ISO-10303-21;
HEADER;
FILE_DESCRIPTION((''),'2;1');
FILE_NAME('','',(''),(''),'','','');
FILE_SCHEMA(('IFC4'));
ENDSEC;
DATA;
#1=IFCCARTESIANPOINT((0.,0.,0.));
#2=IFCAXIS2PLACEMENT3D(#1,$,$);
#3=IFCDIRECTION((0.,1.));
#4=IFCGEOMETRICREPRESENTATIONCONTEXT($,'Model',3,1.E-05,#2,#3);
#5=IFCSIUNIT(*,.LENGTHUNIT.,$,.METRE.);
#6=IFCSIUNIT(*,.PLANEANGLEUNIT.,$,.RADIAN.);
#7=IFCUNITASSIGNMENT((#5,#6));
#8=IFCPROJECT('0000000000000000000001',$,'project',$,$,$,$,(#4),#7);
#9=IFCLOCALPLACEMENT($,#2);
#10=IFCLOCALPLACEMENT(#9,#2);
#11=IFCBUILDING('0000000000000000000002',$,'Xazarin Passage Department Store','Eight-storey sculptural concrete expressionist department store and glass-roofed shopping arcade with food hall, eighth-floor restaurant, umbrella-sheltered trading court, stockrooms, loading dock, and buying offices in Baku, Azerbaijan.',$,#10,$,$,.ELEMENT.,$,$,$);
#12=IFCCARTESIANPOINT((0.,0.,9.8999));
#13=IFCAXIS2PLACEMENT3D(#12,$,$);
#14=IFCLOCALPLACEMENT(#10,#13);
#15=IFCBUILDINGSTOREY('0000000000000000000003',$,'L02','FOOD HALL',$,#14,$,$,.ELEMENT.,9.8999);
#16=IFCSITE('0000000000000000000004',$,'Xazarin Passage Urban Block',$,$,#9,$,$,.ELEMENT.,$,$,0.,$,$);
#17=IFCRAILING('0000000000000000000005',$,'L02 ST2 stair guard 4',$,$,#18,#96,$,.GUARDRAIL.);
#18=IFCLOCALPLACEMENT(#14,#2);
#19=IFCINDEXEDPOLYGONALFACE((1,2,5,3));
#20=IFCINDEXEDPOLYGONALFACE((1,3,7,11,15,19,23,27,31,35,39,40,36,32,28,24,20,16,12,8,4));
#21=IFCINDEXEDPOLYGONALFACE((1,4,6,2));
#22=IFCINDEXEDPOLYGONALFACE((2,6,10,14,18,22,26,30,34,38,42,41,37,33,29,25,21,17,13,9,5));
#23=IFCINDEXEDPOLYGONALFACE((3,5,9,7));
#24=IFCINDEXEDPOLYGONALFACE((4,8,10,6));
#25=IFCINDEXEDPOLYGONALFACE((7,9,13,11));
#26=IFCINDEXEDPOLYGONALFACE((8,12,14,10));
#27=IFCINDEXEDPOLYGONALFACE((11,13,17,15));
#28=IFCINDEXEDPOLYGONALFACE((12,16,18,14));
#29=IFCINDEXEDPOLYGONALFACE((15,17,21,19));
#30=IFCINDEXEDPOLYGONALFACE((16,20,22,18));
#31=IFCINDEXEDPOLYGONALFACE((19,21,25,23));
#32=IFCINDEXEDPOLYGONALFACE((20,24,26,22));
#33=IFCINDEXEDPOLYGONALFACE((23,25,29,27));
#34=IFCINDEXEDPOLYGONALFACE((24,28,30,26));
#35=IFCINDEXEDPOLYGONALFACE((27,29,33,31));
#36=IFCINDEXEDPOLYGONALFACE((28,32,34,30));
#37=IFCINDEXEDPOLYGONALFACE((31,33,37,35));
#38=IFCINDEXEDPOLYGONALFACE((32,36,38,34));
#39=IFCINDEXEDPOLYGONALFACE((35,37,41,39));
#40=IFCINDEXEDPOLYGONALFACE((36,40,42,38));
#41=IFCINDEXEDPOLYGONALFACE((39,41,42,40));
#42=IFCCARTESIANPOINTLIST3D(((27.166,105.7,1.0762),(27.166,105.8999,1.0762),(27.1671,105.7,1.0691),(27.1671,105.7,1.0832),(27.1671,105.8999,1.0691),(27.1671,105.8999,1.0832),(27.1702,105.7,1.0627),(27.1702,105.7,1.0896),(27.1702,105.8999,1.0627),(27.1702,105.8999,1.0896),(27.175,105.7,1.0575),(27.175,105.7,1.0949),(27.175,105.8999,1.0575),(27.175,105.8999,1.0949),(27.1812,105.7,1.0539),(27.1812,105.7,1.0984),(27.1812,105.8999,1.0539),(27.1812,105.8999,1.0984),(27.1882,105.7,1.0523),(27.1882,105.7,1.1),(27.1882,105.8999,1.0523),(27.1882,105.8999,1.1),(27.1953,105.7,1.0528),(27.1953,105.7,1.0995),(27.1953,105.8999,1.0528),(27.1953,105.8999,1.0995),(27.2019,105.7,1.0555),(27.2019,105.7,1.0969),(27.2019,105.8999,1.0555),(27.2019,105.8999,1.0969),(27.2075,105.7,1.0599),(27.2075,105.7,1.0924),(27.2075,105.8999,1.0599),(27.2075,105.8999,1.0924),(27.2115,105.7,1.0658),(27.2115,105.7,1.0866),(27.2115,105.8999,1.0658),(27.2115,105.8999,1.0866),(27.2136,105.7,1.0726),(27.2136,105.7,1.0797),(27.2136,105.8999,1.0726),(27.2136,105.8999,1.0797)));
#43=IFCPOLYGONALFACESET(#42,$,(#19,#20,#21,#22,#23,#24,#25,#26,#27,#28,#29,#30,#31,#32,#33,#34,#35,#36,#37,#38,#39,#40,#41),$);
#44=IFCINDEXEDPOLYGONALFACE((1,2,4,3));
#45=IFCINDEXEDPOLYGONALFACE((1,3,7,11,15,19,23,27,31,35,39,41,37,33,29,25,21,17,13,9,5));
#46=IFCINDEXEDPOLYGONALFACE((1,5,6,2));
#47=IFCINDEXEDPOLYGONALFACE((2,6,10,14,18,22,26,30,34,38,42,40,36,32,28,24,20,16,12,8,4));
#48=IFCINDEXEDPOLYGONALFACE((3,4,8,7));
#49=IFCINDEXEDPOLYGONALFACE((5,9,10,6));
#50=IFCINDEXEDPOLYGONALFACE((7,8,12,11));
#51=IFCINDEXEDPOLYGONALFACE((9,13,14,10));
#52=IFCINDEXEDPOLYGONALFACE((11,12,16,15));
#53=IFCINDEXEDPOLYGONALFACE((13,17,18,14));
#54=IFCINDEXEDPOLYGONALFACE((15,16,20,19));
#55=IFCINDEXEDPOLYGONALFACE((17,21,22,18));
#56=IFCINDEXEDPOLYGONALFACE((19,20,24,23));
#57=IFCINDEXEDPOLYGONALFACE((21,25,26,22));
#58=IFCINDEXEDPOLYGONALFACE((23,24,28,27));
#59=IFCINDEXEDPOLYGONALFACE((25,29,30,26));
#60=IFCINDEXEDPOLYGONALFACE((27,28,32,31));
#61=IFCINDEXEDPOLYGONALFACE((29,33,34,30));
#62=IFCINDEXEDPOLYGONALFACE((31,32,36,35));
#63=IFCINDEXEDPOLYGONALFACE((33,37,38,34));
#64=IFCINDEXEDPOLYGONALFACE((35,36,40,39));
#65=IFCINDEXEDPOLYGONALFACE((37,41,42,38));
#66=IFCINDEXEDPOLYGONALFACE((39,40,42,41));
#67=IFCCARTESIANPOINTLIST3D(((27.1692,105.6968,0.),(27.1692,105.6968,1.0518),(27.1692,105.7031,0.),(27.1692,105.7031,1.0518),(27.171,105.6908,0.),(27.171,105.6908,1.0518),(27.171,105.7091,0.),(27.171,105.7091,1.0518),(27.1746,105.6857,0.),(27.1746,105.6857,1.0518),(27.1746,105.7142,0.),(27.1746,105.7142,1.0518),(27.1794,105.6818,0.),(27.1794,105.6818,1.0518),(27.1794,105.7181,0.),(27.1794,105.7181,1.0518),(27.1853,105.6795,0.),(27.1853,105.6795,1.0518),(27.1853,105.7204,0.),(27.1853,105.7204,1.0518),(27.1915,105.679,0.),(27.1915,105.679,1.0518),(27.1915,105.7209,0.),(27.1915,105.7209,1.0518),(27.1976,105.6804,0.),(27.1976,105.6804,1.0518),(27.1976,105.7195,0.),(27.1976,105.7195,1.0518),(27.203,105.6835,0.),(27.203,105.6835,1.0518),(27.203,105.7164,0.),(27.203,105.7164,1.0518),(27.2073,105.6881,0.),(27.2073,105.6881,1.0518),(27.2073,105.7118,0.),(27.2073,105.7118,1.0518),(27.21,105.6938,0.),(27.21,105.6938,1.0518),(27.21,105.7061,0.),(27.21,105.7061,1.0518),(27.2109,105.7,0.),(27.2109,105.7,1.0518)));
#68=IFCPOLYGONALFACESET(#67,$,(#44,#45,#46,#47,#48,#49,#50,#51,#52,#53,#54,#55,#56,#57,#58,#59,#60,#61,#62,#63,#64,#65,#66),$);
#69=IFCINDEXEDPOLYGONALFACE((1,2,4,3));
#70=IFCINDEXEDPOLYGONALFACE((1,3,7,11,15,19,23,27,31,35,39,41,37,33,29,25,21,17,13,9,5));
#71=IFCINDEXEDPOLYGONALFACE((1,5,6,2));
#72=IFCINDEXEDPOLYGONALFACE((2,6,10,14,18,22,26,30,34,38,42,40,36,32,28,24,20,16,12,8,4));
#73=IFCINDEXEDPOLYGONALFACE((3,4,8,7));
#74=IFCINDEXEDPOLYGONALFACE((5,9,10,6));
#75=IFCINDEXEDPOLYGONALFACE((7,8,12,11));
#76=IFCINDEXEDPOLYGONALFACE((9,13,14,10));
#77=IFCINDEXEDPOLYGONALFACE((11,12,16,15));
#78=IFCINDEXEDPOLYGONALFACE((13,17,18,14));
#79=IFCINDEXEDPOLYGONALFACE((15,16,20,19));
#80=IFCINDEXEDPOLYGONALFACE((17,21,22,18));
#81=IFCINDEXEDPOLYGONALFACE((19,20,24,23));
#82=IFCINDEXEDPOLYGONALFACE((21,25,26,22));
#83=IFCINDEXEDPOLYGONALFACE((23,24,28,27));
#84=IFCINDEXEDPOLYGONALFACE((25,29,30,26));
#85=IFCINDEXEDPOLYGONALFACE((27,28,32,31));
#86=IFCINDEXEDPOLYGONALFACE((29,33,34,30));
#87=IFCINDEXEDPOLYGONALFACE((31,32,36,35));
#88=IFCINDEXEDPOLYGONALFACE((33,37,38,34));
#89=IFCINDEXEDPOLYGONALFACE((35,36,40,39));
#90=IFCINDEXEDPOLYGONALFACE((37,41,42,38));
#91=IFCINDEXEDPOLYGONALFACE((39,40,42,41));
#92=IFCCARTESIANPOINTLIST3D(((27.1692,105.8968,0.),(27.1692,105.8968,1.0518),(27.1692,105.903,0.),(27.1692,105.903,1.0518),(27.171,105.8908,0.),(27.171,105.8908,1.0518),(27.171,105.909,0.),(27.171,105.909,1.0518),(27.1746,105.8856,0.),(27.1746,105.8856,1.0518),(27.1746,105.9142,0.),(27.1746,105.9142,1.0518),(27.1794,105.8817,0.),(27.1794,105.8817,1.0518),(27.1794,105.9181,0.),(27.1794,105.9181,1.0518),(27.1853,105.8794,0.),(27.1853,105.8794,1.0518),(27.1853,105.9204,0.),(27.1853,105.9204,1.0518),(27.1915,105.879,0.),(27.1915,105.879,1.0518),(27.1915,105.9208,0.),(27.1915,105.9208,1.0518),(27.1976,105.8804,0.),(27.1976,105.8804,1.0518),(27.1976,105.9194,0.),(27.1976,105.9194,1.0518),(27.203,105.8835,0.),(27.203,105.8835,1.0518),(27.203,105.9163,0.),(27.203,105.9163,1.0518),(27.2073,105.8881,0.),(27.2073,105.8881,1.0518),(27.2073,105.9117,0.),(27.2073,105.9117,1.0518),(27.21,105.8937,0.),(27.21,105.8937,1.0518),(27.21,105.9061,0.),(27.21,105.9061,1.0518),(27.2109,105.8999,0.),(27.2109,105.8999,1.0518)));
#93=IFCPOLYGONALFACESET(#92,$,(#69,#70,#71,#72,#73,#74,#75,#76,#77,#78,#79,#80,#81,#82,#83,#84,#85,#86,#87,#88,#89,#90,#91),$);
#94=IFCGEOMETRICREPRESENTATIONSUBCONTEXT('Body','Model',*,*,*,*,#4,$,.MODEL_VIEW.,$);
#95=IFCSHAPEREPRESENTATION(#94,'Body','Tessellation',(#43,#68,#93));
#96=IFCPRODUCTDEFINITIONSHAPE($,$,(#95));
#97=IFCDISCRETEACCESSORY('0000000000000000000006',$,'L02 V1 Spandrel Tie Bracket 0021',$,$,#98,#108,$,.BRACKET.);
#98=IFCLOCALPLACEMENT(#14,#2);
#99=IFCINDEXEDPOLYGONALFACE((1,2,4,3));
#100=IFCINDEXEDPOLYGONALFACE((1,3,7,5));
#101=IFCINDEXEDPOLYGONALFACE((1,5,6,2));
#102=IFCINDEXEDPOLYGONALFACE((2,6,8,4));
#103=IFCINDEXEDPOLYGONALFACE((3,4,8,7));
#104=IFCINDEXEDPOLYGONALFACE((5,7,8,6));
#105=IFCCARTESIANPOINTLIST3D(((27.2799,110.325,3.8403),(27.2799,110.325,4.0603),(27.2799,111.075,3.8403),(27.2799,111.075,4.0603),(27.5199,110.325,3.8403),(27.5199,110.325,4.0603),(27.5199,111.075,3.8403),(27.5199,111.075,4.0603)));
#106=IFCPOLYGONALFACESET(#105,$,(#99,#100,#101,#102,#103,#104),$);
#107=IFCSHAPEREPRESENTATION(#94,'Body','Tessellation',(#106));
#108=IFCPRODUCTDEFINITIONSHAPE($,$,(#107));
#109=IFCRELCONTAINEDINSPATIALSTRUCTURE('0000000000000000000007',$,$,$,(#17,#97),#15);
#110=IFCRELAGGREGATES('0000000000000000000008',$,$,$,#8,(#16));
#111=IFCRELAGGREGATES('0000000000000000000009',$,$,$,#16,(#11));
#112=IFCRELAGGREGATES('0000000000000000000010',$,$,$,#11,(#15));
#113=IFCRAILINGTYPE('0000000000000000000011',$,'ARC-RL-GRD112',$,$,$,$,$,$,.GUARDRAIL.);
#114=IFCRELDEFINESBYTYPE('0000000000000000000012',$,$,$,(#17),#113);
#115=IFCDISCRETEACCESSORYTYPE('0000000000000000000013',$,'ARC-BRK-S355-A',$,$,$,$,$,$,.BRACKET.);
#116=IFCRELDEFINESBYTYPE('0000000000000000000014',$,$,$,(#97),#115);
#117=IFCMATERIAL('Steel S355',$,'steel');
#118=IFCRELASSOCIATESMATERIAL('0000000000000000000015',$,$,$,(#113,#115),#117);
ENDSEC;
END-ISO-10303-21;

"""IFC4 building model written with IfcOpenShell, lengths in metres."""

from ifc_helpers import new_model, si_unit, direction, frame, origin, origin_2d, place, context, subcontext, project, spatial, rectangle, circle, extrude, material, type_object, element, save


model = new_model("IFC4")

# Units and contexts
model_context = context("Model", 3, precision=1e-05, world=origin(), true_north=direction((0.0, 1.0)))
body_context = subcontext(model_context, "Body", "Model", "MODEL_VIEW")
ifc_project = project(units=[si_unit("LENGTHUNIT", "METRE"), si_unit("PLANEANGLEUNIT", "RADIAN")], contexts=[model_context])

# Site, building, storey
site_placement = place(None, origin())
site = spatial("IfcSite", under=ifc_project, at=site_placement, Name="Xazarin Passage Urban Block", CompositionType="ELEMENT", RefElevation=0.0)
building_placement = place(site_placement, origin())
building = spatial("IfcBuilding", under=site, at=building_placement, Name="Xazarin Passage Department Store", Description="Eight-storey sculptural concrete expressionist department store and glass-roofed shopping arcade with food hall, eighth-floor restaurant, umbrella-sheltered trading court, stockrooms, loading dock, and buying offices in Baku, Azerbaijan.", CompositionType="ELEMENT")
storey_placement = place(building_placement, frame((0.0, 0.0, 9.8999)))
storey = spatial("IfcBuildingStorey", under=building, at=storey_placement, Name="L02", Description="FOOD HALL", CompositionType="ELEMENT", Elevation=9.8999)

# Shared definitions
ifc_material_1 = material(Name="Steel S355", Category="steel")

# Railing
railing_type = type_object("IfcRailingType", Name="ARC-RL-GRD112", PredefinedType="GUARDRAIL", material=ifc_material_1)
railing_1_placement = place(storey_placement, frame((27.1899, 105.7, 0.0)))
element("IfcRailing", 1, at=railing_1_placement, inside=storey, type_object=railing_type, Name="L02 ST2 stair guard 4", PredefinedType="GUARDRAIL", context=body_context, shape_type="SweptSolid", body=[
    extrude(circle(Radius=0.0239, at=origin_2d()), frame((0.0, 0.0, 1.0762), z_axis=(0.0, 1.0, 0.0), x_axis=(-1.0, 0.0, 0.0)), (0.0, 0.0, 1.0), 0.2),
    extrude(circle(Radius=0.021, at=origin_2d()), origin(), (0.0, 0.0, 1.0), 1.0518),
    extrude(circle(Radius=0.021, at=origin_2d()), frame((0.0, 0.2, 0.0)), (0.0, 0.0, 1.0), 1.0518),
])

# Discrete accessory
discrete_accessory_type = type_object("IfcDiscreteAccessoryType", Name="ARC-BRK-S355-A", PredefinedType="BRACKET", material=ifc_material_1)
discrete_accessory_placement = place(storey_placement, frame((27.3999, 110.7, 3.8403), z_axis=(0.0, 0.0, 1.0), x_axis=(1.0, 0.0, 0.0)))
element("IfcDiscreteAccessory", 2, at=discrete_accessory_placement, inside=storey, type_object=discrete_accessory_type, Name="L02 V1 Spandrel Tie Bracket 0021", PredefinedType="BRACKET", context=body_context, shape_type="SweptSolid", body=[
    extrude(rectangle(XDim=0.24, YDim=0.75, at=origin_2d()), origin(), (0.0, 0.0, 1.0), 0.22),
])

save(model, "model.ifc")
